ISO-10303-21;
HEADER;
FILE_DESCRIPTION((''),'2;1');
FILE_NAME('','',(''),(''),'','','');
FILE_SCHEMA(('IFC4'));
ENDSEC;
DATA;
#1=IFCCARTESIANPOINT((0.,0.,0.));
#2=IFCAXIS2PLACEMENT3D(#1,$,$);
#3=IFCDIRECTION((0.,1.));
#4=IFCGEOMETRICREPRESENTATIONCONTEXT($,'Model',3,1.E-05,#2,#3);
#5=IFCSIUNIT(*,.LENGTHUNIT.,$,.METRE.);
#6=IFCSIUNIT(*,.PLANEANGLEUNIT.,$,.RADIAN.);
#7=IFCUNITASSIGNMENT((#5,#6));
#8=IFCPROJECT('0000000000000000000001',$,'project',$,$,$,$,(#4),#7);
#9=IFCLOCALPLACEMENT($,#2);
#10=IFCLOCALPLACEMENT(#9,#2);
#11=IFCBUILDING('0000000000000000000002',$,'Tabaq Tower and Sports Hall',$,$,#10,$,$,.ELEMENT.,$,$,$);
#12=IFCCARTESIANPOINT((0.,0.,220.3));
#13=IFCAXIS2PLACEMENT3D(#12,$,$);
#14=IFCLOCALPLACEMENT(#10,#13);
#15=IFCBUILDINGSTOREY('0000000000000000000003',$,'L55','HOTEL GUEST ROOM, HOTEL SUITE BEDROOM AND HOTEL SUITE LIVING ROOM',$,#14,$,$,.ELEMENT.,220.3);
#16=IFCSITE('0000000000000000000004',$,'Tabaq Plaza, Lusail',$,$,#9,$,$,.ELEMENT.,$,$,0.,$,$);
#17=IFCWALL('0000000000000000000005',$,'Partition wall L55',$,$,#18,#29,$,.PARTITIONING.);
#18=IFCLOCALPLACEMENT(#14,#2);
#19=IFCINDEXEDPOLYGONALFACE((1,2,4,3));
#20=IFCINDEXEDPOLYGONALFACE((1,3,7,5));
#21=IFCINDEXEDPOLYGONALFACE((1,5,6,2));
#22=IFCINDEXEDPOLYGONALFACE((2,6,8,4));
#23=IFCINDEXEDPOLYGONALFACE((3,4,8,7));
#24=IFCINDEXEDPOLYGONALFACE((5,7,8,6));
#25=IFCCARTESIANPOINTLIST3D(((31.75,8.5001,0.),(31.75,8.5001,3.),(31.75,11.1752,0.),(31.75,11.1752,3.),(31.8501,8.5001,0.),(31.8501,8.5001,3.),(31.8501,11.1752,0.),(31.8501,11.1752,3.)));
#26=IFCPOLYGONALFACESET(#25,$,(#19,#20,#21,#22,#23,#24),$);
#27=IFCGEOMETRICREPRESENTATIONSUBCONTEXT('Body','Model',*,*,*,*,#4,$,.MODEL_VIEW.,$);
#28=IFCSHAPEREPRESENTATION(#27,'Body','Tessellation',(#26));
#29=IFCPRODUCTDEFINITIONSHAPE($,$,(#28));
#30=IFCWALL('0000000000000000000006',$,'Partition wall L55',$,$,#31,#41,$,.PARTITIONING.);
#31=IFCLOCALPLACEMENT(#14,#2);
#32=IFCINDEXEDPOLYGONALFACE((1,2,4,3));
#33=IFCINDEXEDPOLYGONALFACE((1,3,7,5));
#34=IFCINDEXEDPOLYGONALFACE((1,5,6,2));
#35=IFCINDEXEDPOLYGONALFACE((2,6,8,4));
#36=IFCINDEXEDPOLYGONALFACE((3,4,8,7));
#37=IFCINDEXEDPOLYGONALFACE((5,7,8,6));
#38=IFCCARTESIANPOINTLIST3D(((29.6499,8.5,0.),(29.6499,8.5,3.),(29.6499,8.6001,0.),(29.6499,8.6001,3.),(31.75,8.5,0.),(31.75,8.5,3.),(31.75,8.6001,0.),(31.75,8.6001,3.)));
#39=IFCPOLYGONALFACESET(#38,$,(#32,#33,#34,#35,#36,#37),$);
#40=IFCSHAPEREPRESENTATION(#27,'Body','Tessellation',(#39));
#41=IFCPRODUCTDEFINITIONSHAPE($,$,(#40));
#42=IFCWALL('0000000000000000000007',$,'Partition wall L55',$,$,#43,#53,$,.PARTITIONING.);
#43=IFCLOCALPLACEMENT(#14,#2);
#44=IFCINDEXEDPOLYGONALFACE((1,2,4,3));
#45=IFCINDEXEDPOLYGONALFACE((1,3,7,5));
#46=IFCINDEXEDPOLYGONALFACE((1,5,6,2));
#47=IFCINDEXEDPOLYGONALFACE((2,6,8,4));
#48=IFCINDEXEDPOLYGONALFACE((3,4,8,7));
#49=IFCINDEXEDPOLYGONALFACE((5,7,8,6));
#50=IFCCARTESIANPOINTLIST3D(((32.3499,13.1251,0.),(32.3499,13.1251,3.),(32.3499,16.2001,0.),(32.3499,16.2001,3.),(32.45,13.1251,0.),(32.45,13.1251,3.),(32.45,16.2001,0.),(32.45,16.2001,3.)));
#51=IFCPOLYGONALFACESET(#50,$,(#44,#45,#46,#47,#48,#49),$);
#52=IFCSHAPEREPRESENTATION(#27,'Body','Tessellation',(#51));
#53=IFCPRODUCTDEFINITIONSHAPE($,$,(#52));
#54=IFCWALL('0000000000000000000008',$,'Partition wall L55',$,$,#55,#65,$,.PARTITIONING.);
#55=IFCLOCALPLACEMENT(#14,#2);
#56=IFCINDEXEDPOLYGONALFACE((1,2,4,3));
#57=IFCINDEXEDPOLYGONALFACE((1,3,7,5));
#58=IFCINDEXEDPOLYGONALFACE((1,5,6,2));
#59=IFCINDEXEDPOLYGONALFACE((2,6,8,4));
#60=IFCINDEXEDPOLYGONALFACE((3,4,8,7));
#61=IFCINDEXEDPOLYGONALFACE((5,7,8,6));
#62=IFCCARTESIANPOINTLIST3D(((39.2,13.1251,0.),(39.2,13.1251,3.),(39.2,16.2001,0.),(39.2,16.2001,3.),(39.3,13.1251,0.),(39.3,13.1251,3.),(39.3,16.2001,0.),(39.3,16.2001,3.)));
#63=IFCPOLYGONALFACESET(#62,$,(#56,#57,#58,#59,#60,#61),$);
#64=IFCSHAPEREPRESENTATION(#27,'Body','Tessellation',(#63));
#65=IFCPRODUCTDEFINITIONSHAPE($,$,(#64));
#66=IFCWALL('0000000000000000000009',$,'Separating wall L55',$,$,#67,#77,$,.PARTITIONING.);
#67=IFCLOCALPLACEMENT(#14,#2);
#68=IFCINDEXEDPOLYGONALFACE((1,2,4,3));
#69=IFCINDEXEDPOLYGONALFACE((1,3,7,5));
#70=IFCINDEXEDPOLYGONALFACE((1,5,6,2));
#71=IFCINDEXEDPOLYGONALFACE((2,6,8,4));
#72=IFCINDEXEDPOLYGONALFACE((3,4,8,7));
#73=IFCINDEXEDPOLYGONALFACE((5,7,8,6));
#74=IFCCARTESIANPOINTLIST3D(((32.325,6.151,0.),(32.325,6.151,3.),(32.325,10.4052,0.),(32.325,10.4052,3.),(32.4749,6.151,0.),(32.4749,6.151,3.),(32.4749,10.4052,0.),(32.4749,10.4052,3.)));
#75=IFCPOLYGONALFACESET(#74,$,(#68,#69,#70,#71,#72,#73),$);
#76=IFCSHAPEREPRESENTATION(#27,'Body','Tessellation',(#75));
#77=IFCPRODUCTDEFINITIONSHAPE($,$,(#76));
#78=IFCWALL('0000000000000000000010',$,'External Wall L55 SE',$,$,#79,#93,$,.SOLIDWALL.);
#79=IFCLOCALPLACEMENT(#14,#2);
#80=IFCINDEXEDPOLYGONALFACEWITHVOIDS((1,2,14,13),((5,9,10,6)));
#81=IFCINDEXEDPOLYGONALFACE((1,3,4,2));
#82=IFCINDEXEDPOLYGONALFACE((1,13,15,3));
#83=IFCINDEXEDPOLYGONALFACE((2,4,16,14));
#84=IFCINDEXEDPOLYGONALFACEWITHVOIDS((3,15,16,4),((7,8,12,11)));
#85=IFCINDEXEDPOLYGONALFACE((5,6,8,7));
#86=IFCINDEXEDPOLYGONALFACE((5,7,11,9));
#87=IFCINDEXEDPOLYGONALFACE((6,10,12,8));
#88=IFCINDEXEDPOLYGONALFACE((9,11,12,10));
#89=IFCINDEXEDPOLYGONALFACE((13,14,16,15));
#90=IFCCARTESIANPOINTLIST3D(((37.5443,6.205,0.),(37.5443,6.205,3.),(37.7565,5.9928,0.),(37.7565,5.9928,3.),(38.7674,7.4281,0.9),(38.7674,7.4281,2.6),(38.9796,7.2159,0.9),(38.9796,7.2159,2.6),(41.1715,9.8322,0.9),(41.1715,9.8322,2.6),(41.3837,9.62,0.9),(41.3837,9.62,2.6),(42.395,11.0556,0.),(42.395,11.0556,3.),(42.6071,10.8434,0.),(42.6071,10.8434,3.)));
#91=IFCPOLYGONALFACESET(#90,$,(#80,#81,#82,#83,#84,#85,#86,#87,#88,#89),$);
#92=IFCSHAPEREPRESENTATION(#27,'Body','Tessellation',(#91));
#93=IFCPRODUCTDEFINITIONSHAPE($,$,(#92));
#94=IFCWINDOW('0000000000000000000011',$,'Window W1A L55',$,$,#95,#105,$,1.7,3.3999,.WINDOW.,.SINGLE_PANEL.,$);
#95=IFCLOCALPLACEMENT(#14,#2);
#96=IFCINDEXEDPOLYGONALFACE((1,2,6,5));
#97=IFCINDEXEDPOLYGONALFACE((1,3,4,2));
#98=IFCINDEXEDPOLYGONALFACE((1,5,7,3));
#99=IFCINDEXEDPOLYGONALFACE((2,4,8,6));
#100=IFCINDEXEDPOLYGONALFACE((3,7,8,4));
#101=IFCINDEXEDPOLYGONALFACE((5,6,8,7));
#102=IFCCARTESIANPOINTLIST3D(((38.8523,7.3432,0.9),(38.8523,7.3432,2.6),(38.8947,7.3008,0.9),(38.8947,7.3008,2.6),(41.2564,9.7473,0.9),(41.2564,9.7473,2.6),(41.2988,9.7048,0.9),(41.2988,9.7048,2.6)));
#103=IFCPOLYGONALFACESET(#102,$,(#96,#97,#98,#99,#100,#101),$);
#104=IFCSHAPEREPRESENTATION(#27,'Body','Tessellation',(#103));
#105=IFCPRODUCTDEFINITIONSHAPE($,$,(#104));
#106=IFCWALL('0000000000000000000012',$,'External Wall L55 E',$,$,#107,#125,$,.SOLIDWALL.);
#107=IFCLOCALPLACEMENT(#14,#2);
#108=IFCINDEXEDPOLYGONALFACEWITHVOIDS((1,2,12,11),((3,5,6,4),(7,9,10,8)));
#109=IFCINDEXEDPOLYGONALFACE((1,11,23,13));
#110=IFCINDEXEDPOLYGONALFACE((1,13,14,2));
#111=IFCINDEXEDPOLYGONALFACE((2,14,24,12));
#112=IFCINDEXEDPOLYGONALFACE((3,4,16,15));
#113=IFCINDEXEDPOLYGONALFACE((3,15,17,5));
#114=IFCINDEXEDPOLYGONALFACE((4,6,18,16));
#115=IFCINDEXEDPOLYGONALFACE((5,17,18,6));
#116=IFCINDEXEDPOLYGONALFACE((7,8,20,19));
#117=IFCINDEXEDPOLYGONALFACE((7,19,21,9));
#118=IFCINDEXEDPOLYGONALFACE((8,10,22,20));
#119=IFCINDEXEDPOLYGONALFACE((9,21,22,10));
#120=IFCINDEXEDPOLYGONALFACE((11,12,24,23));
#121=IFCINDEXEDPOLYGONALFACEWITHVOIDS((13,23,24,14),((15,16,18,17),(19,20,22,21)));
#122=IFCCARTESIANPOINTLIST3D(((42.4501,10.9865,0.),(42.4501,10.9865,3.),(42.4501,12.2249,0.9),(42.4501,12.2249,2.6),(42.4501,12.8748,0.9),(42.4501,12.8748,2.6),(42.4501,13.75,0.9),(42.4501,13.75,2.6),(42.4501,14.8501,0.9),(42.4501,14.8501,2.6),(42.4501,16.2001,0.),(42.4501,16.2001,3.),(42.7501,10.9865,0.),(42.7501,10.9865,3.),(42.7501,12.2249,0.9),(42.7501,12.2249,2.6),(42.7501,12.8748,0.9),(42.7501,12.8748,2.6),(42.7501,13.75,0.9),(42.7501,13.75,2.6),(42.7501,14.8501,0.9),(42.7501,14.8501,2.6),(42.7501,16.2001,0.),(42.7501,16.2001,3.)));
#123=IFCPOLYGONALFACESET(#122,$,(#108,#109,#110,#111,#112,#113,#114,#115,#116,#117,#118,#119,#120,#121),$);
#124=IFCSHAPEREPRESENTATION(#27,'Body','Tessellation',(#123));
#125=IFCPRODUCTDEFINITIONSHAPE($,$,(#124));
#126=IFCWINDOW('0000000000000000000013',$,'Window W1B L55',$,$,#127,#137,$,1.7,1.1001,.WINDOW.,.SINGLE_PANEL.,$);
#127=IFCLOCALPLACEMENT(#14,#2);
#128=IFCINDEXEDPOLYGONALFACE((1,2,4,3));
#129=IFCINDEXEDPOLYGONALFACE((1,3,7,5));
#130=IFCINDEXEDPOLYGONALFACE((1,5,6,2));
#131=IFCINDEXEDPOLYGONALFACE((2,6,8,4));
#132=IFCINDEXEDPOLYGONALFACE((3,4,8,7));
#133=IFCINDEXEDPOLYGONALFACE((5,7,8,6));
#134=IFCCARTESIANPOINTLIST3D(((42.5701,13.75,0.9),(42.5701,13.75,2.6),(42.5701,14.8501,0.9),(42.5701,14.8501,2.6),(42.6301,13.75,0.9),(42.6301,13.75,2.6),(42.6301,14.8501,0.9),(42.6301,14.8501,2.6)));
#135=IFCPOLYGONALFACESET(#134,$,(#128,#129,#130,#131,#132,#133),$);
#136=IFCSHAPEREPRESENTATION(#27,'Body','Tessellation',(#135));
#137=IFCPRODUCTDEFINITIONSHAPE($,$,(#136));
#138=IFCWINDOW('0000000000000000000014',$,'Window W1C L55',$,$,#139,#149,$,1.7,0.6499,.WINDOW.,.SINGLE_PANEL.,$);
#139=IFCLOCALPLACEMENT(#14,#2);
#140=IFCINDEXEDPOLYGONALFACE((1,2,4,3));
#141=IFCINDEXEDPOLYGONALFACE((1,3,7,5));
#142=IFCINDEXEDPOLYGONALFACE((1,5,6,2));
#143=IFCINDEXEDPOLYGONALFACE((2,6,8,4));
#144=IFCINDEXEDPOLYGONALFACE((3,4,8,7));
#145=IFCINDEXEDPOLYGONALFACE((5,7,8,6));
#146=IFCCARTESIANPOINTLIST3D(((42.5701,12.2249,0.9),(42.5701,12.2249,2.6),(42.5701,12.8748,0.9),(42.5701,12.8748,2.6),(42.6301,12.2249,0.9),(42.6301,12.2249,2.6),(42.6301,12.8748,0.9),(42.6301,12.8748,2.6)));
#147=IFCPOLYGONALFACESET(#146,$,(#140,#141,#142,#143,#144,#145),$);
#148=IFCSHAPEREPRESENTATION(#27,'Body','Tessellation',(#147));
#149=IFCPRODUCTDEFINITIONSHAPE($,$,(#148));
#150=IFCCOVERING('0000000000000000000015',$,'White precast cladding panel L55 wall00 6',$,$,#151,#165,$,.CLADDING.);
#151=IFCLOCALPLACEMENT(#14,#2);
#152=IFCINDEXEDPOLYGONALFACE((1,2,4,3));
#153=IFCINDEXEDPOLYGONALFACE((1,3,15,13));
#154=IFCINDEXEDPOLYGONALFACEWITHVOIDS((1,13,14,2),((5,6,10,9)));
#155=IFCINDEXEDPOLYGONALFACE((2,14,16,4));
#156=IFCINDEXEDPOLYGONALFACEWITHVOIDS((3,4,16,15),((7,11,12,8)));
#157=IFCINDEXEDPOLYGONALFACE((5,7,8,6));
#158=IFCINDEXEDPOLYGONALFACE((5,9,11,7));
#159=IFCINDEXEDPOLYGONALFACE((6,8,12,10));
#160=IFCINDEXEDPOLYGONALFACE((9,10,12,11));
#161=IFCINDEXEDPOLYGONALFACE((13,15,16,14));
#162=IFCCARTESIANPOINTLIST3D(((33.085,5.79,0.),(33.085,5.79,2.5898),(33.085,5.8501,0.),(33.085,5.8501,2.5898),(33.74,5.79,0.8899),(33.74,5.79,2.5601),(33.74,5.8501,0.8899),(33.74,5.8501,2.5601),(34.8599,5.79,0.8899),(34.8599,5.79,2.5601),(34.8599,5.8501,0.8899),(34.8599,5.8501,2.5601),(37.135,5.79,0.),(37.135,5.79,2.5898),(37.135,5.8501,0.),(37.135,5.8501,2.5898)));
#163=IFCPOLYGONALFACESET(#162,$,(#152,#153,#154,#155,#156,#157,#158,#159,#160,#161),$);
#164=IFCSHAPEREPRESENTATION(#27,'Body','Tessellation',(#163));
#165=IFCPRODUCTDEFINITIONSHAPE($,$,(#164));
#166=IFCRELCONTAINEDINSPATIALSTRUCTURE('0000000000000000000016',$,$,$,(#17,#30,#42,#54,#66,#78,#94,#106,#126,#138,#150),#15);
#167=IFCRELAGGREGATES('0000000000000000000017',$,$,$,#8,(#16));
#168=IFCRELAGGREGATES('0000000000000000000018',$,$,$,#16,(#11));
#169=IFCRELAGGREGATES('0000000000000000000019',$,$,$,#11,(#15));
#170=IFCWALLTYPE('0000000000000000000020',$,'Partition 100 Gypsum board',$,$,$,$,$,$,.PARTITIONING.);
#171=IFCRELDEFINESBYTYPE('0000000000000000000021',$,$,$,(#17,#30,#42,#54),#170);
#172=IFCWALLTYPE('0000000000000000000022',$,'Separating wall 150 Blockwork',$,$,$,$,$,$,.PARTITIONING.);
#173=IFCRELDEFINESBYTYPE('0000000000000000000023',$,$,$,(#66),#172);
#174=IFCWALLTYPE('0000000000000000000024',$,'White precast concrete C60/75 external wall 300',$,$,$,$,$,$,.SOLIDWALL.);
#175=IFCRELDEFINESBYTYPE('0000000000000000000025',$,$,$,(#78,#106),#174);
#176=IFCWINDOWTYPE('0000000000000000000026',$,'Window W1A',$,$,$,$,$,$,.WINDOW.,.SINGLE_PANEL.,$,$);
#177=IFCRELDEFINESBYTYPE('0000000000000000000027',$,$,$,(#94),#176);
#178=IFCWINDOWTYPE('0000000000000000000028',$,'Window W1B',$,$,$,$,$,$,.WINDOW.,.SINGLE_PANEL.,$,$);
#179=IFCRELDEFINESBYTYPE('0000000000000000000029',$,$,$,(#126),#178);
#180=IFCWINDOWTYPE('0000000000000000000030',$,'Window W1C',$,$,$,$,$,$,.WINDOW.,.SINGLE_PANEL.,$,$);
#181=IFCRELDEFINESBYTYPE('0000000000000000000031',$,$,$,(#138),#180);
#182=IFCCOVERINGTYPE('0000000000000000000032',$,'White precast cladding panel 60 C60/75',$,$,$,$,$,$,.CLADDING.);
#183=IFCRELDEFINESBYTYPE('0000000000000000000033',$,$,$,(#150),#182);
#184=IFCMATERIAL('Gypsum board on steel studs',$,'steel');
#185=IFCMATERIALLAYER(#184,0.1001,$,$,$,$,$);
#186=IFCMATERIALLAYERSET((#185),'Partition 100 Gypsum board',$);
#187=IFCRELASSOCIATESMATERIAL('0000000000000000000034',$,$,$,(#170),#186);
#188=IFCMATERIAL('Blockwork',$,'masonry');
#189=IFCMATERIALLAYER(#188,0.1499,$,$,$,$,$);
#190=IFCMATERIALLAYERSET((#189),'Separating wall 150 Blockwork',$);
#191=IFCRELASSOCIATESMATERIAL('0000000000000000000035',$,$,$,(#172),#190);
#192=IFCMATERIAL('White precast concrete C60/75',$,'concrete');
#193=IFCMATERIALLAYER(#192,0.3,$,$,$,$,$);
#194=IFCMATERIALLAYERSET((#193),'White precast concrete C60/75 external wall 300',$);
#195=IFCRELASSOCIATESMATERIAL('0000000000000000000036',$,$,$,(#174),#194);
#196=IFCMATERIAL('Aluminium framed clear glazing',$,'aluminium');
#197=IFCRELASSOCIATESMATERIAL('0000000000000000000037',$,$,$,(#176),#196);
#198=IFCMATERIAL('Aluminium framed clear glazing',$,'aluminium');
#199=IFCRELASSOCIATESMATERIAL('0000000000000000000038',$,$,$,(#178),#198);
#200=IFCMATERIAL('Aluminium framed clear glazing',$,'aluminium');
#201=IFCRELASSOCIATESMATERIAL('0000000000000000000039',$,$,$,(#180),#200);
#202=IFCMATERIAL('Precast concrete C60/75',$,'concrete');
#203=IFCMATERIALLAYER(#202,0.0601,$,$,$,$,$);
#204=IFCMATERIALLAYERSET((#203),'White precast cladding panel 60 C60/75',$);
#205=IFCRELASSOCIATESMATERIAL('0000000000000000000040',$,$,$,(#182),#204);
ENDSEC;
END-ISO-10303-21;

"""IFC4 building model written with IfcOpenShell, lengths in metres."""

from ifc_helpers import new_model, si_unit, direction, frame, frame_2d, origin, place, context, subcontext, project, spatial, polyline, rectangle, outline, extrude, material, layer, layer_set, type_object, element, fill, save


model = new_model("IFC4")

# Units and contexts
model_context = context("Model", 3, precision=1e-05, world=origin(), true_north=direction((0.0, 1.0)))
body_context = subcontext(model_context, "Body", "Model", "MODEL_VIEW")
ifc_project = project(units=[si_unit("LENGTHUNIT", "METRE"), si_unit("PLANEANGLEUNIT", "RADIAN")], contexts=[model_context])

# Site, building, storey
site_placement = place(None, origin())
site = spatial("IfcSite", under=ifc_project, at=site_placement, Name="Tabaq Plaza, Lusail", CompositionType="ELEMENT", RefElevation=0.0)
building_placement = place(site_placement, origin())
building = spatial("IfcBuilding", under=site, at=building_placement, Name="Tabaq Tower and Sports Hall", CompositionType="ELEMENT")
storey_placement = place(building_placement, frame((0.0, 0.0, 220.3)))
storey = spatial("IfcBuildingStorey", under=building, at=storey_placement, Name="L55", Description="HOTEL GUEST ROOM, HOTEL SUITE BEDROOM AND HOTEL SUITE LIVING ROOM", CompositionType="ELEMENT", Elevation=220.3)

# Shared definitions
ifc_material_1 = material(Name="Gypsum board on steel studs", Category="steel")
ifc_layer_1 = layer(ifc_material_1, 0.1001)
ifc_layer_set_1 = layer_set([ifc_layer_1], Name="Partition 100 Gypsum board")
wall_type_1 = type_object("IfcWallType", Name="Partition 100 Gypsum board", PredefinedType="PARTITIONING", material=ifc_layer_set_1)

# Walls
wall_1_placement = place(storey_placement, frame((31.8, 11.175, 0.0), z_axis=(0.0, 0.0, 1.0), x_axis=(0.0, -1.0, 0.0)))
element("IfcWall", 1, at=wall_1_placement, inside=storey, type_object=wall_type_1, Name="Partition wall L55", PredefinedType="PARTITIONING", context=body_context, shape_type="SweptSolid", body=[
    extrude(rectangle(XDim=2.675, YDim=0.1001, at=frame_2d((1.3374, 0.0))), origin(), (0.0, 0.0, 1.0), 3.0),
])
wall_2_placement = place(storey_placement, frame((31.75, 8.55, 0.0), z_axis=(0.0, 0.0, 1.0), x_axis=(-1.0, 0.0, 0.0)))
element("IfcWall", 2, at=wall_2_placement, inside=storey, type_object=wall_type_1, Name="Partition wall L55", PredefinedType="PARTITIONING", context=body_context, shape_type="SweptSolid", body=[
    extrude(rectangle(XDim=2.1001, YDim=0.1001, at=frame_2d((1.05, 0.0))), origin(), (0.0, 0.0, 1.0), 3.0),
])
for number, where, z_axis, x_axis, name in (
    (3, (32.3999, 13.125, 0.0), (0.0, 0.0, 1.0), (0.0, 1.0, 0.0), "Partition wall L55"),
    (4, (39.25, 13.125, 0.0), (0.0, 0.0, 1.0), (0.0, 1.0, 0.0), "Partition wall L55"),
):
    element("IfcWall", number, at=place(storey_placement, frame(where, z_axis=z_axis, x_axis=x_axis)), inside=storey, type_object=wall_type_1, Name=name, PredefinedType="PARTITIONING", context=body_context, shape_type="SweptSolid", body=[
        extrude(rectangle(XDim=3.075, YDim=0.1001, at=frame_2d((1.5376, 0.0))), origin(), (0.0, 0.0, 1.0), 3.0),
    ])
ifc_material_2 = material(Name="Blockwork", Category="masonry")
ifc_layer_2 = layer(ifc_material_2, 0.1499)
ifc_layer_set_2 = layer_set([ifc_layer_2], Name="Separating wall 150 Blockwork")
wall_type_2 = type_object("IfcWallType", Name="Separating wall 150 Blockwork", PredefinedType="PARTITIONING", material=ifc_layer_set_2)
wall_3_placement = place(storey_placement, frame((32.3999, 10.405, 0.0), z_axis=(0.0, 0.0, 1.0), x_axis=(0.0, -1.0, 0.0)))
element("IfcWall", 5, at=wall_3_placement, inside=storey, type_object=wall_type_2, Name="Separating wall L55", PredefinedType="PARTITIONING", context=body_context, shape_type="SweptSolid", body=[
    extrude(rectangle(XDim=4.2542, YDim=0.1499, at=frame_2d((2.127, 0.0))), origin(), (0.0, 0.0, 1.0), 3.0),
])

# Wall, opening, window
ifc_material_3 = material(Name="White precast concrete C60/75", Category="concrete")
ifc_layer_3 = layer(ifc_material_3, 0.3)
ifc_layer_set_3 = layer_set([ifc_layer_3], Name="White precast concrete C60/75 external wall 300")
wall_type_3 = type_object("IfcWallType", Name="White precast concrete C60/75 external wall 300", PredefinedType="SOLIDWALL", material=ifc_layer_set_3)
wall_4_placement = place(storey_placement, frame((37.6504, 6.0989, 0.0), z_axis=(0.0, 0.0, 1.0), x_axis=(0.707107, 0.707107, 0.0)))
wall_4 = element("IfcWall", 6, at=wall_4_placement, inside=storey, type_object=wall_type_3, Name="External Wall L55 SE", PredefinedType="SOLIDWALL", context=body_context, shape_type="SweptSolid", body=[
    extrude(rectangle(XDim=6.8599, YDim=0.3, at=frame_2d((3.4299, 0.0))), origin(), (0.0, 0.0, 1.0), 3.0),
])
opening_1_placement = place(wall_4_placement, frame((1.7297, 0.0, 0.8999)))
opening_1 = element("IfcOpeningElement", 7, at=opening_1_placement, cuts=wall_4, PredefinedType="OPENING", context=body_context, shape_type="SweptSolid", body=[
    extrude(rectangle(XDim=3.3999, YDim=1.7, at=frame_2d((1.7, 0.8501))), frame((0.0, 0.1602, 0.0), z_axis=(0.0, -1.0, 0.0), x_axis=(1.0, 0.0, 0.0)), (0.0, 0.0, 1.0), 0.3201),
])
ifc_material_4 = material(Name="Aluminium framed clear glazing", Category="aluminium")
window_type_1 = type_object("IfcWindowType", Name="Window W1A", PartitioningType="SINGLE_PANEL", PredefinedType="WINDOW", material=ifc_material_4)
window_1_placement = place(opening_1_placement, origin())
window_1 = element("IfcWindow", 8, at=window_1_placement, inside=storey, type_object=window_type_1, Name="Window W1A L55", OverallHeight=1.7, OverallWidth=3.3999, PartitioningType="SINGLE_PANEL", PredefinedType="WINDOW", context=body_context, shape_type="SweptSolid", body=[
    extrude(rectangle(XDim=3.3999, YDim=1.7, at=frame_2d((1.7, 0.8501))), frame((0.0, 0.03, 0.0), z_axis=(0.0, -1.0, 0.0), x_axis=(1.0, 0.0, 0.0)), (0.0, 0.0, 1.0), 0.0601),
])
fill(opening_1, window_1)

# Wall, openings, windows
wall_5_placement = place(storey_placement, frame((42.6001, 10.9863, 0.0), z_axis=(0.0, 0.0, 1.0), x_axis=(0.0, 1.0, 0.0)))
wall_5 = element("IfcWall", 9, at=wall_5_placement, inside=storey, type_object=wall_type_3, Name="External Wall L55 E", PredefinedType="SOLIDWALL", context=body_context, shape_type="SweptSolid", body=[
    extrude(rectangle(XDim=5.2136, YDim=0.3, at=frame_2d((2.6069, 0.0))), origin(), (0.0, 0.0, 1.0), 3.0),
])
opening_2_placement = place(wall_5_placement, frame((1.2385, 0.0, 0.8999)))
opening_2 = element("IfcOpeningElement", 10, at=opening_2_placement, cuts=wall_5, PredefinedType="OPENING", context=body_context, shape_type="SweptSolid", body=[
    extrude(rectangle(XDim=0.6499, YDim=1.7, at=frame_2d((0.325, 0.8501))), frame((0.0, 0.1602, 0.0), z_axis=(0.0, -1.0, 0.0), x_axis=(1.0, 0.0, 0.0)), (0.0, 0.0, 1.0), 0.3201),
])
opening_3_placement = place(wall_5_placement, frame((2.7637, 0.0, 0.8999)))
opening_3 = element("IfcOpeningElement", 11, at=opening_3_placement, cuts=wall_5, PredefinedType="OPENING", context=body_context, shape_type="SweptSolid", body=[
    extrude(rectangle(XDim=1.1001, YDim=1.7, at=frame_2d((0.55, 0.8501))), frame((0.0, 0.1602, 0.0), z_axis=(0.0, -1.0, 0.0), x_axis=(1.0, 0.0, 0.0)), (0.0, 0.0, 1.0), 0.3201),
])
ifc_material_5 = material(Name="Aluminium framed clear glazing", Category="aluminium")
window_type_2 = type_object("IfcWindowType", Name="Window W1B", PartitioningType="SINGLE_PANEL", PredefinedType="WINDOW", material=ifc_material_5)
window_2_placement = place(opening_3_placement, origin())
window_2 = element("IfcWindow", 12, at=window_2_placement, inside=storey, type_object=window_type_2, Name="Window W1B L55", OverallHeight=1.7, OverallWidth=1.1001, PartitioningType="SINGLE_PANEL", PredefinedType="WINDOW", context=body_context, shape_type="SweptSolid", body=[
    extrude(rectangle(XDim=1.1001, YDim=1.7, at=frame_2d((0.55, 0.8501))), frame((0.0, 0.03, 0.0), z_axis=(0.0, -1.0, 0.0), x_axis=(1.0, 0.0, 0.0)), (0.0, 0.0, 1.0), 0.0601),
])
fill(opening_3, window_2)
ifc_material_6 = material(Name="Aluminium framed clear glazing", Category="aluminium")
window_type_3 = type_object("IfcWindowType", Name="Window W1C", PartitioningType="SINGLE_PANEL", PredefinedType="WINDOW", material=ifc_material_6)
window_3_placement = place(opening_2_placement, origin())
window_3 = element("IfcWindow", 13, at=window_3_placement, inside=storey, type_object=window_type_3, Name="Window W1C L55", OverallHeight=1.7, OverallWidth=0.6499, PartitioningType="SINGLE_PANEL", PredefinedType="WINDOW", context=body_context, shape_type="SweptSolid", body=[
    extrude(rectangle(XDim=0.6499, YDim=1.7, at=frame_2d((0.325, 0.8501))), frame((0.0, 0.03, 0.0), z_axis=(0.0, -1.0, 0.0), x_axis=(1.0, 0.0, 0.0)), (0.0, 0.0, 1.0), 0.0601),
])
fill(opening_2, window_3)

# Covering
ifc_material_7 = material(Name="Precast concrete C60/75", Category="concrete")
ifc_layer_4 = layer(ifc_material_7, 0.0601)
ifc_layer_set_4 = layer_set([ifc_layer_4], Name="White precast cladding panel 60 C60/75")
covering_type = type_object("IfcCoveringType", Name="White precast cladding panel 60 C60/75", PredefinedType="CLADDING", material=ifc_layer_set_4)
covering_1_placement = place(storey_placement, frame((33.085, 5.8201, 0.0), z_axis=(0.0, 0.0, 1.0), x_axis=(1.0, 0.0, 0.0)))
element("IfcCovering", 14, at=covering_1_placement, inside=storey, type_object=covering_type, Name="White precast cladding panel L55 wall00 6", PredefinedType="CLADDING", context=body_context, shape_type="SweptSolid", body=[
    extrude(outline(polyline([(0.0, 0.0), (4.05, 0.0), (4.05, 2.5898), (0.0, 2.5898), (0.0, 0.0)]), holes=[polyline([(1.7749, 0.8899), (0.655, 0.8899), (0.655, 2.5601), (1.7749, 2.5601), (1.7749, 0.8899)])]), frame((0.0, 0.03, 0.0), z_axis=(0.0, -1.0, 0.0), x_axis=(1.0, 0.0, 0.0)), (0.0, 0.0, 1.0), 0.0601),
])

save(model, "model.ifc")
